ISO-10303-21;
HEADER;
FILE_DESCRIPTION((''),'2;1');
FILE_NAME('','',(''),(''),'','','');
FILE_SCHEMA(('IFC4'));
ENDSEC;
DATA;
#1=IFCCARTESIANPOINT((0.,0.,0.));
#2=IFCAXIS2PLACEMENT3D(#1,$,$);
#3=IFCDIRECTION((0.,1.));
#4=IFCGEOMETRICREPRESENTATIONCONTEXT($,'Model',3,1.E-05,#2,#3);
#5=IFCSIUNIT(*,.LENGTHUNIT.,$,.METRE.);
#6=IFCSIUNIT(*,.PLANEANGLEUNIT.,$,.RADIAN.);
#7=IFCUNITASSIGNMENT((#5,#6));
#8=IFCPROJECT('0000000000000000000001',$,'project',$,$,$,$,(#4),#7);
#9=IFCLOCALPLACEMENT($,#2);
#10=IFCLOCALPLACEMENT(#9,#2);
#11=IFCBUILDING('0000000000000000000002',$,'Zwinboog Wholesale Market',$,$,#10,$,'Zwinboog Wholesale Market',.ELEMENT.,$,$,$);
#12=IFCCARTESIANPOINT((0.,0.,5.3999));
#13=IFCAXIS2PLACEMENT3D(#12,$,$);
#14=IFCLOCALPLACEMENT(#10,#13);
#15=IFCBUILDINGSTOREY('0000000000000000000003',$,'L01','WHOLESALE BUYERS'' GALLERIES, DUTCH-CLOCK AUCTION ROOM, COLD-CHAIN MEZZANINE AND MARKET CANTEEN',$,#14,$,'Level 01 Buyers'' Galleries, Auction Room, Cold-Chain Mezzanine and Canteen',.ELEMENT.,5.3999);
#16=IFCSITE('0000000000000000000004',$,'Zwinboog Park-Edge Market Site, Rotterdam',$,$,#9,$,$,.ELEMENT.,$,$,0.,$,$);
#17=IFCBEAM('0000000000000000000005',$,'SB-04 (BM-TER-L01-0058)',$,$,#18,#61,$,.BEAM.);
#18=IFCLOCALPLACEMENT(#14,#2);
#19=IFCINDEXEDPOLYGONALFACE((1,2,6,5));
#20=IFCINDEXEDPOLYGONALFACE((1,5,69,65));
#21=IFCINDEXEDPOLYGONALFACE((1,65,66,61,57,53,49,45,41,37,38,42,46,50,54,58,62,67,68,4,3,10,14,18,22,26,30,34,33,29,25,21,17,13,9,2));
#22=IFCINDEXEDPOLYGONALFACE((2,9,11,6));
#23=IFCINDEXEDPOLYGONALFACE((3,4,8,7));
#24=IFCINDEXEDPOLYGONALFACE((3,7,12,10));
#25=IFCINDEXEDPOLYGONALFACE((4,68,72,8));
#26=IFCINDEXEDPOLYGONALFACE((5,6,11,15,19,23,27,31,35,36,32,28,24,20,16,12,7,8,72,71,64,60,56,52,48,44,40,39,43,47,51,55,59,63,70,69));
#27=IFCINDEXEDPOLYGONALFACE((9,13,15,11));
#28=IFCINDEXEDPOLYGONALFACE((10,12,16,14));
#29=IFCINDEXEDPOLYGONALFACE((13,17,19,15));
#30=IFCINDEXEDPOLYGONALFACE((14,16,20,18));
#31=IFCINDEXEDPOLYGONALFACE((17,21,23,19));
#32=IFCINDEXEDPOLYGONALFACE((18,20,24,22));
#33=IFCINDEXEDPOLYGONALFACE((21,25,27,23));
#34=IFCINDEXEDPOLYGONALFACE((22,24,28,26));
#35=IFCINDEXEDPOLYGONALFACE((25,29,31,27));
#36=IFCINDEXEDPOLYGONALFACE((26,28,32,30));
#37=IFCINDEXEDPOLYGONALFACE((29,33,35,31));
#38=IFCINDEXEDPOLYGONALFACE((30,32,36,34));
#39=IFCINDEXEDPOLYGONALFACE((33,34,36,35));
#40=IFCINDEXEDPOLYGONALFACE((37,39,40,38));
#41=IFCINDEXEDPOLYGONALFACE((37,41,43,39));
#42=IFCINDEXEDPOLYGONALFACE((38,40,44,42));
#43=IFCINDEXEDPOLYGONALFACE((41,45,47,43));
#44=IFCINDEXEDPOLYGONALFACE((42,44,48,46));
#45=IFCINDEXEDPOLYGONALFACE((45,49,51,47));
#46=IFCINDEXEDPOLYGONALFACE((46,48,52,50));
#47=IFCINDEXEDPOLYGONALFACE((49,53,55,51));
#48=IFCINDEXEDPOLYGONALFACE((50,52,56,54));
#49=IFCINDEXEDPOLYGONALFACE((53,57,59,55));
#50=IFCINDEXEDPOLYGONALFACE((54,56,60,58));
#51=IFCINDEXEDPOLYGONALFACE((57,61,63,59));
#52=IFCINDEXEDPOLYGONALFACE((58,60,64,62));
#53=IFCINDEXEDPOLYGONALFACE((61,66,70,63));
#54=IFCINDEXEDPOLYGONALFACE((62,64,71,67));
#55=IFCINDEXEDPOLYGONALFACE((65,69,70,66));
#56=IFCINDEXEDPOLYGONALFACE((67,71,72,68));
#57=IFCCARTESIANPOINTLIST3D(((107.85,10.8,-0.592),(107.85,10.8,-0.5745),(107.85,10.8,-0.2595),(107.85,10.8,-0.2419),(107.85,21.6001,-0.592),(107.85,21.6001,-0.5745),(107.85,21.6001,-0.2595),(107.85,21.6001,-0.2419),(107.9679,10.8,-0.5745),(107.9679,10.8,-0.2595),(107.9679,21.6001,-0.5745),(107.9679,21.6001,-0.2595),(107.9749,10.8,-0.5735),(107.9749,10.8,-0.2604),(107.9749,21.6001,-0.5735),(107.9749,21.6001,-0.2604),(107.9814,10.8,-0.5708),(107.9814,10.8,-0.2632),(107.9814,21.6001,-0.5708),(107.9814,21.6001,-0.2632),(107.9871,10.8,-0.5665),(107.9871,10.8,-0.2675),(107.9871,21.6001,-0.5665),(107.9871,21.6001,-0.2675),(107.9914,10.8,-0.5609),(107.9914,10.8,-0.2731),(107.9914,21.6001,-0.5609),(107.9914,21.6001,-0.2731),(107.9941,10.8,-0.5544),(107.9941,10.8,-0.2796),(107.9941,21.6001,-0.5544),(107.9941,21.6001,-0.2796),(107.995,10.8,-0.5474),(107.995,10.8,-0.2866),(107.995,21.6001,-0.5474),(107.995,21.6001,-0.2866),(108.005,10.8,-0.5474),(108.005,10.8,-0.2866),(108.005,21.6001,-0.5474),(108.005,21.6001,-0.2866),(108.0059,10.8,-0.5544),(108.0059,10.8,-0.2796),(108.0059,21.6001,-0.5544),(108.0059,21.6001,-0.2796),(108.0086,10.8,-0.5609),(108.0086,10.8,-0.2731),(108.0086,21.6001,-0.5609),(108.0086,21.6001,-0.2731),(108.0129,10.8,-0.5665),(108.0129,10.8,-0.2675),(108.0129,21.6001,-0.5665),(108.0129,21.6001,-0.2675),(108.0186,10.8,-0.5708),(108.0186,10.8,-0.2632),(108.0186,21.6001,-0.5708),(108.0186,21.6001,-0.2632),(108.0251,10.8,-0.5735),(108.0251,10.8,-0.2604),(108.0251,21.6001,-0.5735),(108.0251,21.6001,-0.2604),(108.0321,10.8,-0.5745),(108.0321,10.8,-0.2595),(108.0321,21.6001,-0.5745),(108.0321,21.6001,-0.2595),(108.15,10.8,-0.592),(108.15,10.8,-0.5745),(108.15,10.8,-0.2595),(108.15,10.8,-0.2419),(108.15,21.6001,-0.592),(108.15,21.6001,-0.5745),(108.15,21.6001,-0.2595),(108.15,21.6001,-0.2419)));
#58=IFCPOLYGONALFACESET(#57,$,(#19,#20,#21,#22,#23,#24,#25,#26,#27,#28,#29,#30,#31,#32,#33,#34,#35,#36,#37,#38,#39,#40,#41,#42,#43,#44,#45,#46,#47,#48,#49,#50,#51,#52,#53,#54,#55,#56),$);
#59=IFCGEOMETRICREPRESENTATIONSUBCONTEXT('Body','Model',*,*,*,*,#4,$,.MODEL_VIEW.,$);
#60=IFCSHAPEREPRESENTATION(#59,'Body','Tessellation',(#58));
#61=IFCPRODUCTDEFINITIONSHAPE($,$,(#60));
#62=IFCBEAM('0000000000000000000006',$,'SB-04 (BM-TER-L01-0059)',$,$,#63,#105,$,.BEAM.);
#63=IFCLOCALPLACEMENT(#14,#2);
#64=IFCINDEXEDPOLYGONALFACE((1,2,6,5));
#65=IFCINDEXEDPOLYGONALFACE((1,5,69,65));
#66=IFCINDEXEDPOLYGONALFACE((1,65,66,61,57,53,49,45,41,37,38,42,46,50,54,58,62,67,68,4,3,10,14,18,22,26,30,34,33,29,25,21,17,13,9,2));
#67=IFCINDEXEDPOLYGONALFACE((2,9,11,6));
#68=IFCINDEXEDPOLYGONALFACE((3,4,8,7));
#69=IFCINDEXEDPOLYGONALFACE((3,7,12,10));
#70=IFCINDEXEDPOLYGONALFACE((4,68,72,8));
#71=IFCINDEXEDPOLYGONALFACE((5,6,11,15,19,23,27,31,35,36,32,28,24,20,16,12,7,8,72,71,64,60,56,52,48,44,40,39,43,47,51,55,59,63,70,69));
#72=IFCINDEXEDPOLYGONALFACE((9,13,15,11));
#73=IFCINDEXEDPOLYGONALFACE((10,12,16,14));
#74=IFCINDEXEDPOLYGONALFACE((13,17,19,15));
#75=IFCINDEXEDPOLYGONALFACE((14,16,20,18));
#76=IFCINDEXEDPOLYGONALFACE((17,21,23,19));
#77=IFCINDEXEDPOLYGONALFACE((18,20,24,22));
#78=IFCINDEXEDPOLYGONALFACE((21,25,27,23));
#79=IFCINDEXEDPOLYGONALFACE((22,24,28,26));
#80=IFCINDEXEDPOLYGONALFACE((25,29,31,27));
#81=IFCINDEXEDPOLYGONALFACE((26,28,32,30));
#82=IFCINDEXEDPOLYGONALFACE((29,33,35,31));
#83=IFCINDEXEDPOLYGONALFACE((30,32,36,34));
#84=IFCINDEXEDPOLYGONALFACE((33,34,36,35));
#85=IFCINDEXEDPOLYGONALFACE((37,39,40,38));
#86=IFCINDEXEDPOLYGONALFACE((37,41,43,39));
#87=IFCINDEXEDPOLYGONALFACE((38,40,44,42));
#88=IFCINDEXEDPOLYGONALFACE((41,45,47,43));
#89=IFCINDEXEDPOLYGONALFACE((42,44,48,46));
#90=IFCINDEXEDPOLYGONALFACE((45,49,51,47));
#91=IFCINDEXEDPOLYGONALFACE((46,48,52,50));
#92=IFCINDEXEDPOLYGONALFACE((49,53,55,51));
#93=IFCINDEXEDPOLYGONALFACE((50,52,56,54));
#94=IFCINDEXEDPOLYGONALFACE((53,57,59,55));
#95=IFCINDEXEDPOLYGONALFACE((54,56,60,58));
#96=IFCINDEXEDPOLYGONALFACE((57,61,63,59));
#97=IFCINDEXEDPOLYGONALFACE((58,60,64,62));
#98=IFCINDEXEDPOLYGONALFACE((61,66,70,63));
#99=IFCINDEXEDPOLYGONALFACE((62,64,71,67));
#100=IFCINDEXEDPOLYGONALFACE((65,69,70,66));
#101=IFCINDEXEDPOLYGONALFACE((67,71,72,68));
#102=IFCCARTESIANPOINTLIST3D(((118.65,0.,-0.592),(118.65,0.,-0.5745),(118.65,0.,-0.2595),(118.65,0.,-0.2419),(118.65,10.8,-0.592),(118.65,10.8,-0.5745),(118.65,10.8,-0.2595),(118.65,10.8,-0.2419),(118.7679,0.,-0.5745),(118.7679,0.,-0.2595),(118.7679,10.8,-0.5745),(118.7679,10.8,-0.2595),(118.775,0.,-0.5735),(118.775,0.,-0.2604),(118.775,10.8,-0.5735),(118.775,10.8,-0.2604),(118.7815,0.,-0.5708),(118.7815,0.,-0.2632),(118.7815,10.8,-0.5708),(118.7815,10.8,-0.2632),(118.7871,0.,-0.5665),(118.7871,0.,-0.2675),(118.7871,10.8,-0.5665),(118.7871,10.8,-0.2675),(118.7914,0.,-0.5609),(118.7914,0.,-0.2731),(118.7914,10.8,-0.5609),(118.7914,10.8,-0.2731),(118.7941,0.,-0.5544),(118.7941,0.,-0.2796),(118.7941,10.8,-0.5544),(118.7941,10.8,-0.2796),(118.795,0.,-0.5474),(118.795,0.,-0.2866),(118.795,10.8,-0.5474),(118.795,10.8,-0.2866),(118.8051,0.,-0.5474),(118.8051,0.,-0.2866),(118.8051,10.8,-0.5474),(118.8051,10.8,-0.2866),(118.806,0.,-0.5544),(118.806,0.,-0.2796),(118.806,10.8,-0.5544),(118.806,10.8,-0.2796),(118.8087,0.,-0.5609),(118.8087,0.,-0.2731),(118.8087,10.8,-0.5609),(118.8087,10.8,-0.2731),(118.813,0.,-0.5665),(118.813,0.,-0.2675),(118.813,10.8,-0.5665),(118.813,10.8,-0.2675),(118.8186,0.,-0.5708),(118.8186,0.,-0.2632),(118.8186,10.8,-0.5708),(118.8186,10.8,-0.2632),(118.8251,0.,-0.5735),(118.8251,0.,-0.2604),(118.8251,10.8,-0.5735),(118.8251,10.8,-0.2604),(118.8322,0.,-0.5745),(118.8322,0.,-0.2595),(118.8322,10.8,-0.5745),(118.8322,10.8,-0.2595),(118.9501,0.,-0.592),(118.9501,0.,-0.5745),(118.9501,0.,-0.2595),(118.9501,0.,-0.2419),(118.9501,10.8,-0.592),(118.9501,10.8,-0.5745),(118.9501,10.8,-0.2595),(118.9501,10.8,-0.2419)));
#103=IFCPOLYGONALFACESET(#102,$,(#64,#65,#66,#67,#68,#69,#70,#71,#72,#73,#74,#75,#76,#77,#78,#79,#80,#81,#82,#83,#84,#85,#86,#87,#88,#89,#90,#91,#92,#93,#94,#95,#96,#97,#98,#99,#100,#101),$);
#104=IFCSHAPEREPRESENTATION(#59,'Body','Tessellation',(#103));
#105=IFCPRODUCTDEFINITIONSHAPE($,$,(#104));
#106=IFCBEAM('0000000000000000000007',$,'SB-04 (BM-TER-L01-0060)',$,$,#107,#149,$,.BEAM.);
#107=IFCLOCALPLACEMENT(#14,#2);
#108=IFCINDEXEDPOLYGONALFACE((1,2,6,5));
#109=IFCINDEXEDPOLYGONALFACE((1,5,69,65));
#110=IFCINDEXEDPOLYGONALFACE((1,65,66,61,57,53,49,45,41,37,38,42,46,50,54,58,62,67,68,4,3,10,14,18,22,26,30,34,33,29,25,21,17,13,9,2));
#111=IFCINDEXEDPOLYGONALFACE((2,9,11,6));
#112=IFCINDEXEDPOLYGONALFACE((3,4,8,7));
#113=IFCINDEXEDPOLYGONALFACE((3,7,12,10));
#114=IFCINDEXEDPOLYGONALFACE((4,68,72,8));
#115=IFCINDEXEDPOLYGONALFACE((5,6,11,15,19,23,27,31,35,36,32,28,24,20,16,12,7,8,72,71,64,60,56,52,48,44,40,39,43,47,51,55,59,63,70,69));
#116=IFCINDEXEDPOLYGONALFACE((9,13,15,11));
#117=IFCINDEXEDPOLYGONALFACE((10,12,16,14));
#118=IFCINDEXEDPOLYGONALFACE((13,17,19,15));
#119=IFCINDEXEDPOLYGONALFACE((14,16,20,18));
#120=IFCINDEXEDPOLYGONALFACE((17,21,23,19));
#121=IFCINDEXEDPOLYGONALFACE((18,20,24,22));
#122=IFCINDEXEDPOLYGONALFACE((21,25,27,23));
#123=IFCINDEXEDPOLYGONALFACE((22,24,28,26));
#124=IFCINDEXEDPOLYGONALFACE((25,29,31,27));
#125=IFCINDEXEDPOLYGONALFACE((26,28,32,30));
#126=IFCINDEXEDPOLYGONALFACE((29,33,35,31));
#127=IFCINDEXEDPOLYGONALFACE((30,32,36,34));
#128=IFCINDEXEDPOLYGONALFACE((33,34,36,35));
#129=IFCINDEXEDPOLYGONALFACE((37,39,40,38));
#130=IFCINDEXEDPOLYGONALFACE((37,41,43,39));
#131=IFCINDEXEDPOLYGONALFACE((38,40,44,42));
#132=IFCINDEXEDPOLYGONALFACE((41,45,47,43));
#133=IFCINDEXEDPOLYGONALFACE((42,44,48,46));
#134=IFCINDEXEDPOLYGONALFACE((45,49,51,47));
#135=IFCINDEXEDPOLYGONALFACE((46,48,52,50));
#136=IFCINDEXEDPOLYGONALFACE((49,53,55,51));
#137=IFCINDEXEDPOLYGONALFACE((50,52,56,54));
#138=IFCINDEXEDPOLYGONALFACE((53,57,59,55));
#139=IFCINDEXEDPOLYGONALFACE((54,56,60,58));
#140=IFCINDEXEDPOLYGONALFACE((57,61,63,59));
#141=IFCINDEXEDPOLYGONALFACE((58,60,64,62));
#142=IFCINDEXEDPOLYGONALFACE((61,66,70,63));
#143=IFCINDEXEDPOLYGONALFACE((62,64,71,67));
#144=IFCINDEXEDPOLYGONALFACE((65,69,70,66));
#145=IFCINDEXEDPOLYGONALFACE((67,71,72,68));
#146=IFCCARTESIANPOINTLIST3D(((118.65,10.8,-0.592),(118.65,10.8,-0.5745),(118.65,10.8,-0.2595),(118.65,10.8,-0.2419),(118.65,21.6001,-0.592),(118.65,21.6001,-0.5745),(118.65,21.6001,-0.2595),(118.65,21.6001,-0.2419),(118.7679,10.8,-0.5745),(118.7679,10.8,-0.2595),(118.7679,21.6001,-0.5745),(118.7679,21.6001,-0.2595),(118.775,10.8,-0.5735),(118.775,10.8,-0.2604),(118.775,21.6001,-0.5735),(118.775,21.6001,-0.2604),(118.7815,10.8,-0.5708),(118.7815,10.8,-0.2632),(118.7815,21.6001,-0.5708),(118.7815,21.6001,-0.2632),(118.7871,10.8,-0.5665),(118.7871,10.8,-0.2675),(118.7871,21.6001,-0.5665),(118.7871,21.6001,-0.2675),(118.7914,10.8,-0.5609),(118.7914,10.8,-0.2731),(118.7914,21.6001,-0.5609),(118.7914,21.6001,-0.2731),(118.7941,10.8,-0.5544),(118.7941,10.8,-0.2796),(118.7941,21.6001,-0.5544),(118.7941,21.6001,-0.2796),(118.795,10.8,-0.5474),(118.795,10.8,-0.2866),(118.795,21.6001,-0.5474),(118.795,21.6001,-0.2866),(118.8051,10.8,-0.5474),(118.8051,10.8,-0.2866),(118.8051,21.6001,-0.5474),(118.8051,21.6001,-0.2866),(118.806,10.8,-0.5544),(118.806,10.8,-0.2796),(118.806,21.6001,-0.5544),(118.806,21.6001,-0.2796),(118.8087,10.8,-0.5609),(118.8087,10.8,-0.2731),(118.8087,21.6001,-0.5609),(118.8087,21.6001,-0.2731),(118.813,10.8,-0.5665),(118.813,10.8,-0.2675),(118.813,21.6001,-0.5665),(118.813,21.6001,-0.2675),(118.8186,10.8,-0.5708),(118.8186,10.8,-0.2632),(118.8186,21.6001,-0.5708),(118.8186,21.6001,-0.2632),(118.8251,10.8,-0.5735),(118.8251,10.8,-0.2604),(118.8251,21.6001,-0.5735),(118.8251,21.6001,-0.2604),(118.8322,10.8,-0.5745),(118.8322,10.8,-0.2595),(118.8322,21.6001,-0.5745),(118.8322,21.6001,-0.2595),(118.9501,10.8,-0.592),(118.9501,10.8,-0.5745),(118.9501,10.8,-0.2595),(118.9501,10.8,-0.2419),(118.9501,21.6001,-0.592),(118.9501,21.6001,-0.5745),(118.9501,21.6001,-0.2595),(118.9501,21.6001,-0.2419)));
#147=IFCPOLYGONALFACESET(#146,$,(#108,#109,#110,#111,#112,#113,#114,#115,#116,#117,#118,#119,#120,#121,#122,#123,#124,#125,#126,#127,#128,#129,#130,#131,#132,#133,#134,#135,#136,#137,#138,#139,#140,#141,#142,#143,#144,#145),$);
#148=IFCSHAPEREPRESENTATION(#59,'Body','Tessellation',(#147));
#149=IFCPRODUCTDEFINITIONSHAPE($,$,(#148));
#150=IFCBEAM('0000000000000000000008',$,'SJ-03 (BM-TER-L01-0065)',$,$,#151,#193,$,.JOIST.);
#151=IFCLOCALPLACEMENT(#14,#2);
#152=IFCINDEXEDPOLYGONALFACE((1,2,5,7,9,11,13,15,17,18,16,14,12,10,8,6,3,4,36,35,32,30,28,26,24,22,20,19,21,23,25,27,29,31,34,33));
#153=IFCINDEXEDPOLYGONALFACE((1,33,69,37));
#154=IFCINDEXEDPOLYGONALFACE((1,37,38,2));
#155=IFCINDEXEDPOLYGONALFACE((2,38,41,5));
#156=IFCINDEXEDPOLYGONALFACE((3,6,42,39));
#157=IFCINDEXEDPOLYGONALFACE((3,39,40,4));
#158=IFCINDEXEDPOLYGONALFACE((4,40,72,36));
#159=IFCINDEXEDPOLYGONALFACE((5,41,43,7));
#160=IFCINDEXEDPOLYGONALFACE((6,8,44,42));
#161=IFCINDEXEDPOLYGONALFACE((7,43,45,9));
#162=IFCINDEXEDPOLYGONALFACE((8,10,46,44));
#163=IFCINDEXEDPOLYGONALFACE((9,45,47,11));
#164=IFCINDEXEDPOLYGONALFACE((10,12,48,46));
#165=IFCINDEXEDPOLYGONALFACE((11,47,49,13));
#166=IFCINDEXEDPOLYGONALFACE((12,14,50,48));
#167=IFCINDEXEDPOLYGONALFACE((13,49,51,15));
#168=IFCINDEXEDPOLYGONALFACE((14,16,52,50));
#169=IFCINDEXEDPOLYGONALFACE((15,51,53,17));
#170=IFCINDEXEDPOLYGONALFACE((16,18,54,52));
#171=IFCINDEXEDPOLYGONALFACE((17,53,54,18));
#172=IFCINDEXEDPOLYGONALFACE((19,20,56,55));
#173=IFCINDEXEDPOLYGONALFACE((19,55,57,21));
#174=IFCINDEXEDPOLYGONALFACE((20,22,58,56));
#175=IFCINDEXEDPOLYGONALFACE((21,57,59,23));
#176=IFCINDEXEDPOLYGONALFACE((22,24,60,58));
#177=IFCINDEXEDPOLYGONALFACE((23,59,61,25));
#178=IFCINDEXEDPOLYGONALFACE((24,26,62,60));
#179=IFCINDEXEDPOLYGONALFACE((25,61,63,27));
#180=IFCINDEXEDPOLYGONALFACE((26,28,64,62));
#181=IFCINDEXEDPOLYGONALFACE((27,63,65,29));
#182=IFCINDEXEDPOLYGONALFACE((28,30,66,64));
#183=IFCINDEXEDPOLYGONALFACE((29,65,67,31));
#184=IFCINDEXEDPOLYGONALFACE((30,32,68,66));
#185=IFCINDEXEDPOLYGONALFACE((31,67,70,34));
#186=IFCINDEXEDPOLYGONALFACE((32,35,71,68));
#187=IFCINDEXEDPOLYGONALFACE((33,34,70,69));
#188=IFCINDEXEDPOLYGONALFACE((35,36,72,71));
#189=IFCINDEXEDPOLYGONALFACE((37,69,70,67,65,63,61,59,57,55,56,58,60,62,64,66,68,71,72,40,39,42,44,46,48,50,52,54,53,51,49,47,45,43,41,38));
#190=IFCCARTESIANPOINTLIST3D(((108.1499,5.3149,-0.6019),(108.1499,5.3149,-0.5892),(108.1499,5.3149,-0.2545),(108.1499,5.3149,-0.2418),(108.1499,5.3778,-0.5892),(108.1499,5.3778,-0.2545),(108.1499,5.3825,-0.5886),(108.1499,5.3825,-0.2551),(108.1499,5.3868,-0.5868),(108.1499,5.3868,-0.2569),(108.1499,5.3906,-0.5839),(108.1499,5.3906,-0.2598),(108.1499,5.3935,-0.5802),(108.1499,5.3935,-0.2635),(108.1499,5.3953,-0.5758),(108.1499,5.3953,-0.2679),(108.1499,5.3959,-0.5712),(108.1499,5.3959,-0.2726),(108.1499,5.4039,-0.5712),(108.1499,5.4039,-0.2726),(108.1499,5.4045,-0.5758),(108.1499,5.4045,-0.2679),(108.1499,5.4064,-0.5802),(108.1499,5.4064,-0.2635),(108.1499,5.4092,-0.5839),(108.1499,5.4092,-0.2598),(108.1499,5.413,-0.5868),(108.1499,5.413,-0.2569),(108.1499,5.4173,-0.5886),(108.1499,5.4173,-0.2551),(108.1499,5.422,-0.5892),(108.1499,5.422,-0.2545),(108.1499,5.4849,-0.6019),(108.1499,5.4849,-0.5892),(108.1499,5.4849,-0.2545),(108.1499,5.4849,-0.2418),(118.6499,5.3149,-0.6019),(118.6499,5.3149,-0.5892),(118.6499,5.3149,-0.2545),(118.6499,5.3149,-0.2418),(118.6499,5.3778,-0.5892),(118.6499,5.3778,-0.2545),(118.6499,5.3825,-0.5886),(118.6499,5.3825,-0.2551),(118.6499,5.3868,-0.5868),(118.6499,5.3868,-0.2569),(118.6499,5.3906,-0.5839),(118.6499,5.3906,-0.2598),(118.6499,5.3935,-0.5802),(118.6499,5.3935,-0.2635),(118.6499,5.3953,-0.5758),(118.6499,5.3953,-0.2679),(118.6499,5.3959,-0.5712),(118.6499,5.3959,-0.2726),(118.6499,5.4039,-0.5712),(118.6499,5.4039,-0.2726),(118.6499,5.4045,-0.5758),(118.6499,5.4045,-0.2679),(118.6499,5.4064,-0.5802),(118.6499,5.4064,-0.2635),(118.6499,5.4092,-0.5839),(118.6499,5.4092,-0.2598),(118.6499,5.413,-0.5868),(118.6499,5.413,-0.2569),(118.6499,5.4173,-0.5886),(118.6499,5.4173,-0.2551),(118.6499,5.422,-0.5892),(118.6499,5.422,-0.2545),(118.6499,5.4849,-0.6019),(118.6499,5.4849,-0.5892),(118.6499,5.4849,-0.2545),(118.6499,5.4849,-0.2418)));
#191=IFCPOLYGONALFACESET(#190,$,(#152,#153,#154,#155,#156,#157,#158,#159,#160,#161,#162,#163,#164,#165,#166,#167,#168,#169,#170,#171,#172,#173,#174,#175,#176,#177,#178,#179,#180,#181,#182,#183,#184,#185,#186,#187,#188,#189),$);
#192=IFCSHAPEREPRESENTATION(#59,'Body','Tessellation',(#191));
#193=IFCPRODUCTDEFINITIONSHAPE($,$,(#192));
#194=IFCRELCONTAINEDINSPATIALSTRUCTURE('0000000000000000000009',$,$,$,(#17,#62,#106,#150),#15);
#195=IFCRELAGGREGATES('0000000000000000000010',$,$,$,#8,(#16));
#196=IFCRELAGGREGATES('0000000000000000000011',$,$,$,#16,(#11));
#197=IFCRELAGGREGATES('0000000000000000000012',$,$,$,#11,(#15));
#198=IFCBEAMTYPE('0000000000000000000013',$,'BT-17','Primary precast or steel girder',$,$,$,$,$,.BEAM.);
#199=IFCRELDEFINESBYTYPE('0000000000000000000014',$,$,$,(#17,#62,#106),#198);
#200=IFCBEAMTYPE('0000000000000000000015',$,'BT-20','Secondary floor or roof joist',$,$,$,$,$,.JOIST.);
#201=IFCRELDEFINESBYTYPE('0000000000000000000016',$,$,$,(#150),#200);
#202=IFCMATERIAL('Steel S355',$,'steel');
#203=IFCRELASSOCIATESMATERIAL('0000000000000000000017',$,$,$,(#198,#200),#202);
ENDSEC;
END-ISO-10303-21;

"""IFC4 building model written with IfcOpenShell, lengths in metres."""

from ifc_helpers import new_model, si_unit, direction, frame, origin, origin_2d, place, context, subcontext, project, spatial, i_section, extrude, material, material_profile, profile_set, type_object, element, save


model = new_model("IFC4")

# Units and contexts
model_context = context("Model", 3, precision=1e-05, world=origin(), true_north=direction((0.0, 1.0)))
body_context = subcontext(model_context, "Body", "Model", "MODEL_VIEW")
ifc_project = project(units=[si_unit("LENGTHUNIT", "METRE"), si_unit("PLANEANGLEUNIT", "RADIAN")], contexts=[model_context])

# Site, building, storey
site_placement = place(None, origin())
site = spatial("IfcSite", under=ifc_project, at=site_placement, Name="Zwinboog Park-Edge Market Site, Rotterdam", CompositionType="ELEMENT", RefElevation=0.0)
building_placement = place(site_placement, origin())
building = spatial("IfcBuilding", under=site, at=building_placement, Name="Zwinboog Wholesale Market", LongName="Zwinboog Wholesale Market", CompositionType="ELEMENT")
storey_placement = place(building_placement, frame((0.0, 0.0, 5.3999)))
storey = spatial("IfcBuildingStorey", under=building, at=storey_placement, Name="L01", Description="WHOLESALE BUYERS' GALLERIES, DUTCH-CLOCK AUCTION ROOM, COLD-CHAIN MEZZANINE AND MARKET CANTEEN", LongName="Level 01 Buyers' Galleries, Auction Room, Cold-Chain Mezzanine and Canteen", CompositionType="ELEMENT", Elevation=5.3999)

# Beams
ifc_material_1 = material(Name="Steel S355", Category="steel")
ifc_material_profile_1 = material_profile(ifc_material_1, i_section(OverallWidth=0.3, OverallDepth=0.3501, WebThickness=0.01, FlangeThickness=0.0176, FilletRadius=0.0271, at=origin_2d()), Name="HEA 360")
ifc_profile_set_1 = profile_set([ifc_material_profile_1], Name="Steel S355")
beam_type_1 = type_object("IfcBeamType", Name="BT-17", Description="Primary precast or steel girder", PredefinedType="BEAM", material=ifc_profile_set_1)
for number, where, z_axis, x_axis, name in (
    (1, (108.0, 10.8, -0.417), (0.0, 1.0, 0.0), (-1.0, 0.0, 0.0), "SB-04 (BM-TER-L01-0058)"),
    (2, (118.8, 0.0, -0.417), (0.0, 1.0, 0.0), (-1.0, 0.0, 0.0), "SB-04 (BM-TER-L01-0059)"),
    (3, (118.8, 10.8, -0.417), (0.0, 1.0, 0.0), (-1.0, 0.0, 0.0), "SB-04 (BM-TER-L01-0060)"),
):
    element("IfcBeam", number, at=place(storey_placement, frame(where, z_axis=z_axis, x_axis=x_axis)), inside=storey, type_object=beam_type_1, Name=name, PredefinedType="BEAM", context=body_context, shape_type="SweptSolid", body=[
        extrude(i_section(OverallWidth=0.3, OverallDepth=0.3501, WebThickness=0.01, FlangeThickness=0.0176, FilletRadius=0.0271, at=origin_2d()), origin(), (0.0, 0.0, 1.0), 10.8),
    ])
ifc_material_profile_2 = material_profile(ifc_material_1, i_section(OverallWidth=0.1699, OverallDepth=0.3601, WebThickness=0.0081, FlangeThickness=0.0127, FilletRadius=0.0181, at=origin_2d()), Name="IPE 360")
ifc_profile_set_2 = profile_set([ifc_material_profile_2], Name="Steel S355")
beam_type_2 = type_object("IfcBeamType", Name="BT-20", Description="Secondary floor or roof joist", PredefinedType="JOIST", material=ifc_profile_set_2)
beam_1_placement = place(storey_placement, frame((108.1499, 5.3999, -0.4219), z_axis=(1.0, 0.0, 0.0), x_axis=(0.0, 1.0, 0.0)))
element("IfcBeam", 4, at=beam_1_placement, inside=storey, type_object=beam_type_2, Name="SJ-03 (BM-TER-L01-0065)", PredefinedType="JOIST", context=body_context, shape_type="SweptSolid", body=[
    extrude(i_section(OverallWidth=0.1699, OverallDepth=0.3601, WebThickness=0.0081, FlangeThickness=0.0127, FilletRadius=0.0181, at=origin_2d()), origin(), (0.0, 0.0, 1.0), 10.5),
])

save(model, "model.ifc")
